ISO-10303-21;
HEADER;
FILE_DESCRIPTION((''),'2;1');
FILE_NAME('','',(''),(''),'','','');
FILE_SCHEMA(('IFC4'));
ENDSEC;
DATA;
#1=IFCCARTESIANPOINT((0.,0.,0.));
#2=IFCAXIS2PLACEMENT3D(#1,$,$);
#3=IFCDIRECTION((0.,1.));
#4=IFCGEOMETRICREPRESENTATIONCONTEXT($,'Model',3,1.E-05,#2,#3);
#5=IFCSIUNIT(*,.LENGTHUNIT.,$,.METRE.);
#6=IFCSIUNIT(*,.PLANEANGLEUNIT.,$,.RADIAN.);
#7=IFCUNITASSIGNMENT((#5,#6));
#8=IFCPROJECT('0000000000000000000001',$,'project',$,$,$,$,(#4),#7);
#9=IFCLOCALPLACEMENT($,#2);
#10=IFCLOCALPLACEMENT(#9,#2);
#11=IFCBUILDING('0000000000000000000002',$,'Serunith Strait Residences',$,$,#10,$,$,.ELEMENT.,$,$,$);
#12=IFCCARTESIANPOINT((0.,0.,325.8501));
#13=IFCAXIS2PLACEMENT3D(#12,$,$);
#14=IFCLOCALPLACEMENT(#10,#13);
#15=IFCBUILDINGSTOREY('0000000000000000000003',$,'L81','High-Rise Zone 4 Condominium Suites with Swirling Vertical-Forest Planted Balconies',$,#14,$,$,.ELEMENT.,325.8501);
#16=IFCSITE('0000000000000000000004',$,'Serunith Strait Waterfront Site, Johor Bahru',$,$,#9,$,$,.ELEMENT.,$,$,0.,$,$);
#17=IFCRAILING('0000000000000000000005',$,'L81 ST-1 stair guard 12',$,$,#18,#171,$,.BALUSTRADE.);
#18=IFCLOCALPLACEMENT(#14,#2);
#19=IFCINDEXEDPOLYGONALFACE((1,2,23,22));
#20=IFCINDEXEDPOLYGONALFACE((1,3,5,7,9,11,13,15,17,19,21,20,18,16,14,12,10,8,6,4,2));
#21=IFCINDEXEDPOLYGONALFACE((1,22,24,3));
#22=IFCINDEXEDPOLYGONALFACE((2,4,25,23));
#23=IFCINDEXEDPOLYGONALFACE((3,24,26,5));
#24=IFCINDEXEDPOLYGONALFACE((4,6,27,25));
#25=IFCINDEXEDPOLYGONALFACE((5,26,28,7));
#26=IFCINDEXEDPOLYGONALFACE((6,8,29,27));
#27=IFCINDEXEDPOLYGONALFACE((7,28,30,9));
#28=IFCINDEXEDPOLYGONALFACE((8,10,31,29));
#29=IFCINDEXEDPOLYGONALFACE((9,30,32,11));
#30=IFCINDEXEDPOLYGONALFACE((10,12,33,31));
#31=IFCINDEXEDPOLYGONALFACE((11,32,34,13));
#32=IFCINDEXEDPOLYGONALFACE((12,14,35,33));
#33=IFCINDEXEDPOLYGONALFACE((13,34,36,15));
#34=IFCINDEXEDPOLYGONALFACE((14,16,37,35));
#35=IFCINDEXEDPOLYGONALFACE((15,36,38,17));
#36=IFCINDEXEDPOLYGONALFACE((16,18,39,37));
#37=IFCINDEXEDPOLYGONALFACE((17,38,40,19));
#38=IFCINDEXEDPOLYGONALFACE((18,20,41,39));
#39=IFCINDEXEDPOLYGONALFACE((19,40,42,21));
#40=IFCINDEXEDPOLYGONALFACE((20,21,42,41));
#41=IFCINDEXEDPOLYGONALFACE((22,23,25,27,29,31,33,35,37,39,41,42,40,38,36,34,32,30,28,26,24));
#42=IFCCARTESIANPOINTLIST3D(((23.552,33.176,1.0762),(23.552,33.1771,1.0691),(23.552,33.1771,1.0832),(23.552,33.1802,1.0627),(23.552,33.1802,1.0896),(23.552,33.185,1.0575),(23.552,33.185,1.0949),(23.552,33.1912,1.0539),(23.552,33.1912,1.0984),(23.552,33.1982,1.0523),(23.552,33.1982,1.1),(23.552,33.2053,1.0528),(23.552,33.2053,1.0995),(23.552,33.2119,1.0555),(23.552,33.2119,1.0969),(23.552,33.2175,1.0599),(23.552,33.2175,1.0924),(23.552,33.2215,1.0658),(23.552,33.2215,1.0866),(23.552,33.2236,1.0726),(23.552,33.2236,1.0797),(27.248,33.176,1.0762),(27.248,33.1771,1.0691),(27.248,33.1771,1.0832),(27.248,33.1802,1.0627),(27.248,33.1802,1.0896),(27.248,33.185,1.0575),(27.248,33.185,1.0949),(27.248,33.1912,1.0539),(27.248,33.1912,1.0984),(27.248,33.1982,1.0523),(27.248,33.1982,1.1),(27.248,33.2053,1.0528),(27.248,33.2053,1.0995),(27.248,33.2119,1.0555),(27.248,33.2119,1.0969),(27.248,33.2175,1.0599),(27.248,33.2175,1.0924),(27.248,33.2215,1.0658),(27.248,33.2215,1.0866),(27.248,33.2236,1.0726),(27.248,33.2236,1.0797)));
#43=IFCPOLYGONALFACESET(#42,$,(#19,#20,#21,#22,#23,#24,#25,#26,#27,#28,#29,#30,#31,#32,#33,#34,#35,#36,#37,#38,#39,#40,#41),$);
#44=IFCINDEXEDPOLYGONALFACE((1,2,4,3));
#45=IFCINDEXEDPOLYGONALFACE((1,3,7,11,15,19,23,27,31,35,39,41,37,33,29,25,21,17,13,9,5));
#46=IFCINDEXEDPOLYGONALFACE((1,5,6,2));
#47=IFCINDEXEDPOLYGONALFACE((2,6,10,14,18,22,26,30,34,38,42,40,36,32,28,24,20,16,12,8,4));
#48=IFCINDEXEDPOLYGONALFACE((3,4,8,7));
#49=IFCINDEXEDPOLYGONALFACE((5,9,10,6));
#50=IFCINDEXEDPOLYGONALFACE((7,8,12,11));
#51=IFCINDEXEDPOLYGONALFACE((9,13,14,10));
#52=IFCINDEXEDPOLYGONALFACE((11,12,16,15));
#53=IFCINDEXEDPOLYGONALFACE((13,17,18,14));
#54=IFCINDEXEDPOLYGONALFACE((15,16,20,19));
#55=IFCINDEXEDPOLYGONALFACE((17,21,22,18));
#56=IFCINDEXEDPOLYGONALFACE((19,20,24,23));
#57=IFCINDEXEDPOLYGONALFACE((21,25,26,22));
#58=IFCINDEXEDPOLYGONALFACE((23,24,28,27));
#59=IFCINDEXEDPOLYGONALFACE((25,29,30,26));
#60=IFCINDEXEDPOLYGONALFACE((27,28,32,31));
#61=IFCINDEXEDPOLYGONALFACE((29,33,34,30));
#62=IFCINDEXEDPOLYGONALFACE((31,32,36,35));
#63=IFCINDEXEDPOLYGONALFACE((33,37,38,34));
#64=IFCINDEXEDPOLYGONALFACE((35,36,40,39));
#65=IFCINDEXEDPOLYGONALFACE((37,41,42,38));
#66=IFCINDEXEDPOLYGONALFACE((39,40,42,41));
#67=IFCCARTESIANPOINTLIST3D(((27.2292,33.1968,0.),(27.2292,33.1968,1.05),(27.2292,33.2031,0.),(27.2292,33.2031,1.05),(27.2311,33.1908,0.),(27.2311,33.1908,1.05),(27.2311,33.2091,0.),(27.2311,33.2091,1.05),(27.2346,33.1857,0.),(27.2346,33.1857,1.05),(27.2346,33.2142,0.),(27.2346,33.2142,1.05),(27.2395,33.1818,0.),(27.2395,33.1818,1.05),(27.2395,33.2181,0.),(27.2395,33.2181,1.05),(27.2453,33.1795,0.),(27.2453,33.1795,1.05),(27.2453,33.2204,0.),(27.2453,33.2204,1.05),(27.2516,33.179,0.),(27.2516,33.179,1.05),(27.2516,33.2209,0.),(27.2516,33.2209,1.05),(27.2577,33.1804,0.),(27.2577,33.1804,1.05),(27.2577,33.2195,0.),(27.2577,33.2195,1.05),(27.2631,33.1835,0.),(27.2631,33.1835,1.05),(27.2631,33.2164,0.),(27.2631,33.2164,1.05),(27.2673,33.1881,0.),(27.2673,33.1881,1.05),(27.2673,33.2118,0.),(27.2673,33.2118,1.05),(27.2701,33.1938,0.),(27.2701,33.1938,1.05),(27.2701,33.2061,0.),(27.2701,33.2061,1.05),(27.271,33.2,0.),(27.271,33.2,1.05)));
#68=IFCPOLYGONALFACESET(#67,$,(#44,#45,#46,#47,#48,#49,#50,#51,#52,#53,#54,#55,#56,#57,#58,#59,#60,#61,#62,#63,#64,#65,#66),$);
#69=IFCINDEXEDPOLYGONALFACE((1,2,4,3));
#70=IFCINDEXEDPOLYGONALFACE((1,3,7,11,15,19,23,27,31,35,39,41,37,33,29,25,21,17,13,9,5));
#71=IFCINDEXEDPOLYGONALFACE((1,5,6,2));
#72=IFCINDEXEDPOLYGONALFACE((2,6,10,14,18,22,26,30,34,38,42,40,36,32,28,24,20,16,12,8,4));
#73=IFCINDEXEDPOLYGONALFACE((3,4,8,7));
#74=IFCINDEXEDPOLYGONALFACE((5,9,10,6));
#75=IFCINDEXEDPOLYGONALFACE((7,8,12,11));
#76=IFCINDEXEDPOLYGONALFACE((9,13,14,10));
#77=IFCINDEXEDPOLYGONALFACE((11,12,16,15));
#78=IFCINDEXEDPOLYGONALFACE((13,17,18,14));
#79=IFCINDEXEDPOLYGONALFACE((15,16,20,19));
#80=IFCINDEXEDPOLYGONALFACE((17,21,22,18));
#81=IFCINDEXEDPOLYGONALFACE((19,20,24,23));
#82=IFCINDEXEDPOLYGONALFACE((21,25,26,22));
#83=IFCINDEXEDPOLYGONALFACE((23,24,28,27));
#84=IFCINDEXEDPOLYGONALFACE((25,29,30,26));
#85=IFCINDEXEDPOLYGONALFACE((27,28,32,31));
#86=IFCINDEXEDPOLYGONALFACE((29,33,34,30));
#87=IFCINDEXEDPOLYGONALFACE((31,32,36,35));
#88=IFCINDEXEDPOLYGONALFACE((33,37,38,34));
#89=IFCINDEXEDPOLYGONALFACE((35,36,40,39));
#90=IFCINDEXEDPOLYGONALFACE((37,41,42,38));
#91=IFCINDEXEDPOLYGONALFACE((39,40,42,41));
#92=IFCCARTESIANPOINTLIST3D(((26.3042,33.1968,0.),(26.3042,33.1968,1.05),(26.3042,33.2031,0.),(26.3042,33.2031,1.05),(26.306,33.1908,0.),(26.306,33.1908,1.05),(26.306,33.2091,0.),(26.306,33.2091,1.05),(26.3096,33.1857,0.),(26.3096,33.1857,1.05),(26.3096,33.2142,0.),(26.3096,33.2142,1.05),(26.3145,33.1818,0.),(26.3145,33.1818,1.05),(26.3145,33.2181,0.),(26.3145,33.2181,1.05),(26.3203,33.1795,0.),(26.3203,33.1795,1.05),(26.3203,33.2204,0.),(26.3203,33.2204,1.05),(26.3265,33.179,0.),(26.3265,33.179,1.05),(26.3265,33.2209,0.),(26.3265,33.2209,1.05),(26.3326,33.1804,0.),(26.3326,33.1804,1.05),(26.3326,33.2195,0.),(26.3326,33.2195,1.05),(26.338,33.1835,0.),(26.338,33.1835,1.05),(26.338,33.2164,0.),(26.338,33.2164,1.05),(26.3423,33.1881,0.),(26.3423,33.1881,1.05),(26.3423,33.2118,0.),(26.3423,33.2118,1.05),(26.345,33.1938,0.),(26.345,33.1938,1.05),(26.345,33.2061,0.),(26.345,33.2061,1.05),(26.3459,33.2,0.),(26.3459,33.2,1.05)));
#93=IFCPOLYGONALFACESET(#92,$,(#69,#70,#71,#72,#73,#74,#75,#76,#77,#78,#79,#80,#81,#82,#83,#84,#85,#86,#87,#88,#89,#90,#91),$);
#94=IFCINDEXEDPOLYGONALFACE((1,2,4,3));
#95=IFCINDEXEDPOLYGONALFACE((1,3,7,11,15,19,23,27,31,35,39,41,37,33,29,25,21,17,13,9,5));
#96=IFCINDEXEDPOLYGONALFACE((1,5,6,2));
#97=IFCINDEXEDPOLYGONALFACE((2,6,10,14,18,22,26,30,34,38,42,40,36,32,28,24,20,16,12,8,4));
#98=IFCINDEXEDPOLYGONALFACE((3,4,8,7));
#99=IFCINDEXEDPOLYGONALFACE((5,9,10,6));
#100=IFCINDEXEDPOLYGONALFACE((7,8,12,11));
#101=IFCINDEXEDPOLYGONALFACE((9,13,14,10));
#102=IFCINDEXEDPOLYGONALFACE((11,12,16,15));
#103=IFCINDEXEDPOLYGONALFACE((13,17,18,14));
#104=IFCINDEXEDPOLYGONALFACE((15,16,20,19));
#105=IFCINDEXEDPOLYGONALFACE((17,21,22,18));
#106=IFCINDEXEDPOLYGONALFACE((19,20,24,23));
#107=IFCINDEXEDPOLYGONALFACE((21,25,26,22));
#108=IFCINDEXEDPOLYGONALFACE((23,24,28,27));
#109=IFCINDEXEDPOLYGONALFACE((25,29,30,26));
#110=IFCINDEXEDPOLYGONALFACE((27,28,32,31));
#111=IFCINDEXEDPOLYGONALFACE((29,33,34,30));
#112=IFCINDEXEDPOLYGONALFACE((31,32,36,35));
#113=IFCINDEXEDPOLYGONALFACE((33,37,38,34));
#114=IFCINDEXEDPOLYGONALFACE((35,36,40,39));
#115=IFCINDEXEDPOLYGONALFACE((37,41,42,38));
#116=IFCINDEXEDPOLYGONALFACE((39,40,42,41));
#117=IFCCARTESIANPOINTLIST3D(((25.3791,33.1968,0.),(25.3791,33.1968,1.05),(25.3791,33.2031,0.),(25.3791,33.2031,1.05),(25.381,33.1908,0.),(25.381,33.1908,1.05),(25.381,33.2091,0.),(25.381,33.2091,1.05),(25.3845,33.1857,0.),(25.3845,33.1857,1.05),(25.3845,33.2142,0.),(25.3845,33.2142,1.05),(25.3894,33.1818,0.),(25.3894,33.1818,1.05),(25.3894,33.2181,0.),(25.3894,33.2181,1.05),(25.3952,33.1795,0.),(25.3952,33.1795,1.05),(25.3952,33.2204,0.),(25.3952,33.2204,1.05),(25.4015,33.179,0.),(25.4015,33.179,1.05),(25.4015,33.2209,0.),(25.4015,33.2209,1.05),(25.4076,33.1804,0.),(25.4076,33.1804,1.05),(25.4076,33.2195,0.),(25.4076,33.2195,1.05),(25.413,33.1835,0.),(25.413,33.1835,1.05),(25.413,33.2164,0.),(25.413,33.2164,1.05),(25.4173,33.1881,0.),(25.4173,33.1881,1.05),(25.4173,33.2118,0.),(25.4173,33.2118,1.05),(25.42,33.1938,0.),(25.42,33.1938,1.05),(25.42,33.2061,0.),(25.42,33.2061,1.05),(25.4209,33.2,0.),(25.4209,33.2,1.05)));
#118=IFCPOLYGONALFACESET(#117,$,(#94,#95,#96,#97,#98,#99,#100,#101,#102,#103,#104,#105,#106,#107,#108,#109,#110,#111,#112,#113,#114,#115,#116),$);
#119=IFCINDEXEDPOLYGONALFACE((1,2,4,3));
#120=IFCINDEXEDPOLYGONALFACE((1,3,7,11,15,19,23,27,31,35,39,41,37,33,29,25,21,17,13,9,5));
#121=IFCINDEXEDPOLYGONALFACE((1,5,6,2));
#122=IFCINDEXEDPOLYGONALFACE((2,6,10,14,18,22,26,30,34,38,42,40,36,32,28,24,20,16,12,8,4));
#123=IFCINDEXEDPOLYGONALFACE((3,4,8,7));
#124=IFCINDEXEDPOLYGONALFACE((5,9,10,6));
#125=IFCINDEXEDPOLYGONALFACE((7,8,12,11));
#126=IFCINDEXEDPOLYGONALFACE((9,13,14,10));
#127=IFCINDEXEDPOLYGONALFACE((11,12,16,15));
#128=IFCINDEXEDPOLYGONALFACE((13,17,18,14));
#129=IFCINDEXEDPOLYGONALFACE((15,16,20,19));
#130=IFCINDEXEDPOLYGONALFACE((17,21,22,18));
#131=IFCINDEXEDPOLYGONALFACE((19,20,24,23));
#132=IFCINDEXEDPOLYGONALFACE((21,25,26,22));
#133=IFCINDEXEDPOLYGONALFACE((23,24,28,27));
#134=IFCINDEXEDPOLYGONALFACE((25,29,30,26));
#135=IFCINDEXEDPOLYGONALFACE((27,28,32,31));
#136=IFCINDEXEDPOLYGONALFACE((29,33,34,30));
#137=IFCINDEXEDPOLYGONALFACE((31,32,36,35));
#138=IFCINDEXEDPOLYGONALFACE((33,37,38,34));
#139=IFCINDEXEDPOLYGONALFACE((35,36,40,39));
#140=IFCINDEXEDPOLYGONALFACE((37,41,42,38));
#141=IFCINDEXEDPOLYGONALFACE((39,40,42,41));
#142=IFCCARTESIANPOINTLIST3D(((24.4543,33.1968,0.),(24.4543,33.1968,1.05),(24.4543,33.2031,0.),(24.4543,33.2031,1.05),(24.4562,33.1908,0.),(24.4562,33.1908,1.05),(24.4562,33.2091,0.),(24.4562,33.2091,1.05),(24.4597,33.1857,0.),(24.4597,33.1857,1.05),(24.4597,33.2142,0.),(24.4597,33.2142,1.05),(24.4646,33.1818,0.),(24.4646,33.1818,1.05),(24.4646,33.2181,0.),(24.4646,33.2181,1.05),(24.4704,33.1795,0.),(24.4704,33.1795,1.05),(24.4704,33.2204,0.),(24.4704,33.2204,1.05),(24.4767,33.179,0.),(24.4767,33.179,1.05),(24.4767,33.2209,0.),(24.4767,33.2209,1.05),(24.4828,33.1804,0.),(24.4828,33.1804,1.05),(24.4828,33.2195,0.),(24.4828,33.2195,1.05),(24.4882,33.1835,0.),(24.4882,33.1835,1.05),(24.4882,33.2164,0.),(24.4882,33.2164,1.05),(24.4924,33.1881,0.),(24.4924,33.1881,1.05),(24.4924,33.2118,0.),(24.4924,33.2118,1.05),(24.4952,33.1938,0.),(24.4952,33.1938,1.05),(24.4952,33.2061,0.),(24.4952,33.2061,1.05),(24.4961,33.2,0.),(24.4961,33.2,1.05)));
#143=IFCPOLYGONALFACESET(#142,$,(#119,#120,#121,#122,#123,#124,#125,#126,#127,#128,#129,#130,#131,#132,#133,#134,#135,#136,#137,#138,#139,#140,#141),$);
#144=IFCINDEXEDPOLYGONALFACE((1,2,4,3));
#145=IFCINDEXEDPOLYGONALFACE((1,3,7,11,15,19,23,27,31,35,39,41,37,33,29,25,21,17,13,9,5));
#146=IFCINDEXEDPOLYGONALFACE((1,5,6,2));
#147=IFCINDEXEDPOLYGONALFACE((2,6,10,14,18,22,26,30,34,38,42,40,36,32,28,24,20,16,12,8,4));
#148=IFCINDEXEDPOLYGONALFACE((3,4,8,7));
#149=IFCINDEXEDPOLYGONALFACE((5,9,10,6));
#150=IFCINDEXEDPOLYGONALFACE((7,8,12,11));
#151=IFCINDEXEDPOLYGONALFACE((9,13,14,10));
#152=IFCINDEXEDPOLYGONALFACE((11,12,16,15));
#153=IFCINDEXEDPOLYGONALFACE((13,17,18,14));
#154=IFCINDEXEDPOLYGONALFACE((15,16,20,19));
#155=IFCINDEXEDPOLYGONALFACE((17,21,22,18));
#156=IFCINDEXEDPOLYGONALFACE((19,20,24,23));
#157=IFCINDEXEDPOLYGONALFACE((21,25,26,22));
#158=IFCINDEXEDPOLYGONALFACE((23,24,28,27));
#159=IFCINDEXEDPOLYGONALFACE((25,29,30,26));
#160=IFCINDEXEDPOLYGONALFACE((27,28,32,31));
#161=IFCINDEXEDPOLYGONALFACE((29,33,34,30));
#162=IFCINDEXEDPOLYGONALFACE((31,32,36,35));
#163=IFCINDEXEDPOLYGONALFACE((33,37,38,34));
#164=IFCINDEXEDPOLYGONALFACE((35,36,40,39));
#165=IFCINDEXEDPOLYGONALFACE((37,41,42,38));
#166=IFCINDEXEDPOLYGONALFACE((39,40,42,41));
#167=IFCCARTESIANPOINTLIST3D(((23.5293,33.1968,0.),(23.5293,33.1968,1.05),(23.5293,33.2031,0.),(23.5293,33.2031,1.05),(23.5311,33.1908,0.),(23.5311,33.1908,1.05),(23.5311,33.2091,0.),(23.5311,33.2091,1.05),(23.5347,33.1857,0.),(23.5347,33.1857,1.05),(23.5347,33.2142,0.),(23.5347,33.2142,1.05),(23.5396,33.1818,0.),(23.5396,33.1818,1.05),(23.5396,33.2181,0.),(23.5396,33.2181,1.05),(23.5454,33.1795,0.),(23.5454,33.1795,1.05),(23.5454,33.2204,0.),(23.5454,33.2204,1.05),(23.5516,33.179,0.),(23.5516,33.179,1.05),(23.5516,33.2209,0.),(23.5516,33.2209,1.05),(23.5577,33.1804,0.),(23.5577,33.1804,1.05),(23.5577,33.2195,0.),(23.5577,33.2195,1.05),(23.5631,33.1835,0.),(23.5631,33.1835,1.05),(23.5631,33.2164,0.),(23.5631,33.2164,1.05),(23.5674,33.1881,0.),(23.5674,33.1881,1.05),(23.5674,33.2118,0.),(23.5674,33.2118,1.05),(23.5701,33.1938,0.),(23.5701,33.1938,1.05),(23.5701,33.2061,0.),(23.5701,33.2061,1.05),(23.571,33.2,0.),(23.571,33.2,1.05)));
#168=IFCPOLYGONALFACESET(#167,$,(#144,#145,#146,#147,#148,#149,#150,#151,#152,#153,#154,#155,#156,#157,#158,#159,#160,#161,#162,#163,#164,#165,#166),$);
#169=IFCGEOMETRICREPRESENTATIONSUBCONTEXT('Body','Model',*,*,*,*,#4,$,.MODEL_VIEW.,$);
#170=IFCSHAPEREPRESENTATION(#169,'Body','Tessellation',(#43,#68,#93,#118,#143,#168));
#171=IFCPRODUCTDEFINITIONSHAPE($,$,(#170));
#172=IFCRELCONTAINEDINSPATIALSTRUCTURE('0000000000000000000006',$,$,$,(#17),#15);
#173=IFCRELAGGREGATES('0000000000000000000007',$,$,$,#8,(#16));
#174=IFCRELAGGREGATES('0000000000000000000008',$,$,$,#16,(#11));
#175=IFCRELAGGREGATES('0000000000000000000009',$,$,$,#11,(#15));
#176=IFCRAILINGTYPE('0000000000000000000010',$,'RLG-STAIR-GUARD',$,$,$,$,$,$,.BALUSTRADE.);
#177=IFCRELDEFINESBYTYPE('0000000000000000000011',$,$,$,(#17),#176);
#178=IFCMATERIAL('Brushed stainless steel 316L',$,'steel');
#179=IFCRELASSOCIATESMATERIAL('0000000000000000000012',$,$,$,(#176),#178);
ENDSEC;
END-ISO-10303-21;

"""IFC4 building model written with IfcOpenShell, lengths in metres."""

from ifc_helpers import new_model, si_unit, direction, frame, origin, origin_2d, place, context, subcontext, project, spatial, circle, extrude, material, type_object, element, save


model = new_model("IFC4")

# Units and contexts
model_context = context("Model", 3, precision=1e-05, world=origin(), true_north=direction((0.0, 1.0)))
body_context = subcontext(model_context, "Body", "Model", "MODEL_VIEW")
ifc_project = project(units=[si_unit("LENGTHUNIT", "METRE"), si_unit("PLANEANGLEUNIT", "RADIAN")], contexts=[model_context])

# Site, building, storey
site_placement = place(None, origin())
site = spatial("IfcSite", under=ifc_project, at=site_placement, Name="Serunith Strait Waterfront Site, Johor Bahru", CompositionType="ELEMENT", RefElevation=0.0)
building_placement = place(site_placement, origin())
building = spatial("IfcBuilding", under=site, at=building_placement, Name="Serunith Strait Residences", CompositionType="ELEMENT")
storey_placement = place(building_placement, frame((0.0, 0.0, 325.8501)))
storey = spatial("IfcBuildingStorey", under=building, at=storey_placement, Name="L81", Description="High-Rise Zone 4 Condominium Suites with Swirling Vertical-Forest Planted Balconies", CompositionType="ELEMENT", Elevation=325.8501)

# Railing
ifc_material_1 = material(Name="Brushed stainless steel 316L", Category="steel")
railing_type_1 = type_object("IfcRailingType", Name="RLG-STAIR-GUARD", PredefinedType="BALUSTRADE", material=ifc_material_1)
railing_1_placement = place(storey_placement, frame((27.25, 33.2, 0.0)))
element("IfcRailing", 1, at=railing_1_placement, inside=storey, type_object=railing_type_1, Name="L81 ST-1 stair guard 12", PredefinedType="BALUSTRADE", context=body_context, shape_type="SweptSolid", body=[
    extrude(circle(Radius=0.0239, at=origin_2d()), frame((-0.002, 0.0, 1.0762), z_axis=(-1.0, 0.0, 0.0), x_axis=(0.0, -1.0, 0.0)), (0.0, 0.0, 1.0), 3.696),
    extrude(circle(Radius=0.021, at=origin_2d()), origin(), (0.0, 0.0, 1.0), 1.05),
    extrude(circle(Radius=0.021, at=origin_2d()), frame((-0.925, 0.0, 0.0)), (0.0, 0.0, 1.0), 1.05),
    extrude(circle(Radius=0.021, at=origin_2d()), frame((-1.8501, 0.0, 0.0)), (0.0, 0.0, 1.0), 1.05),
    extrude(circle(Radius=0.021, at=origin_2d()), frame((-2.7749, 0.0, 0.0)), (0.0, 0.0, 1.0), 1.05),
    extrude(circle(Radius=0.021, at=origin_2d()), frame((-3.7, 0.0, 0.0)), (0.0, 0.0, 1.0), 1.05),
])

save(model, "model.ifc")
